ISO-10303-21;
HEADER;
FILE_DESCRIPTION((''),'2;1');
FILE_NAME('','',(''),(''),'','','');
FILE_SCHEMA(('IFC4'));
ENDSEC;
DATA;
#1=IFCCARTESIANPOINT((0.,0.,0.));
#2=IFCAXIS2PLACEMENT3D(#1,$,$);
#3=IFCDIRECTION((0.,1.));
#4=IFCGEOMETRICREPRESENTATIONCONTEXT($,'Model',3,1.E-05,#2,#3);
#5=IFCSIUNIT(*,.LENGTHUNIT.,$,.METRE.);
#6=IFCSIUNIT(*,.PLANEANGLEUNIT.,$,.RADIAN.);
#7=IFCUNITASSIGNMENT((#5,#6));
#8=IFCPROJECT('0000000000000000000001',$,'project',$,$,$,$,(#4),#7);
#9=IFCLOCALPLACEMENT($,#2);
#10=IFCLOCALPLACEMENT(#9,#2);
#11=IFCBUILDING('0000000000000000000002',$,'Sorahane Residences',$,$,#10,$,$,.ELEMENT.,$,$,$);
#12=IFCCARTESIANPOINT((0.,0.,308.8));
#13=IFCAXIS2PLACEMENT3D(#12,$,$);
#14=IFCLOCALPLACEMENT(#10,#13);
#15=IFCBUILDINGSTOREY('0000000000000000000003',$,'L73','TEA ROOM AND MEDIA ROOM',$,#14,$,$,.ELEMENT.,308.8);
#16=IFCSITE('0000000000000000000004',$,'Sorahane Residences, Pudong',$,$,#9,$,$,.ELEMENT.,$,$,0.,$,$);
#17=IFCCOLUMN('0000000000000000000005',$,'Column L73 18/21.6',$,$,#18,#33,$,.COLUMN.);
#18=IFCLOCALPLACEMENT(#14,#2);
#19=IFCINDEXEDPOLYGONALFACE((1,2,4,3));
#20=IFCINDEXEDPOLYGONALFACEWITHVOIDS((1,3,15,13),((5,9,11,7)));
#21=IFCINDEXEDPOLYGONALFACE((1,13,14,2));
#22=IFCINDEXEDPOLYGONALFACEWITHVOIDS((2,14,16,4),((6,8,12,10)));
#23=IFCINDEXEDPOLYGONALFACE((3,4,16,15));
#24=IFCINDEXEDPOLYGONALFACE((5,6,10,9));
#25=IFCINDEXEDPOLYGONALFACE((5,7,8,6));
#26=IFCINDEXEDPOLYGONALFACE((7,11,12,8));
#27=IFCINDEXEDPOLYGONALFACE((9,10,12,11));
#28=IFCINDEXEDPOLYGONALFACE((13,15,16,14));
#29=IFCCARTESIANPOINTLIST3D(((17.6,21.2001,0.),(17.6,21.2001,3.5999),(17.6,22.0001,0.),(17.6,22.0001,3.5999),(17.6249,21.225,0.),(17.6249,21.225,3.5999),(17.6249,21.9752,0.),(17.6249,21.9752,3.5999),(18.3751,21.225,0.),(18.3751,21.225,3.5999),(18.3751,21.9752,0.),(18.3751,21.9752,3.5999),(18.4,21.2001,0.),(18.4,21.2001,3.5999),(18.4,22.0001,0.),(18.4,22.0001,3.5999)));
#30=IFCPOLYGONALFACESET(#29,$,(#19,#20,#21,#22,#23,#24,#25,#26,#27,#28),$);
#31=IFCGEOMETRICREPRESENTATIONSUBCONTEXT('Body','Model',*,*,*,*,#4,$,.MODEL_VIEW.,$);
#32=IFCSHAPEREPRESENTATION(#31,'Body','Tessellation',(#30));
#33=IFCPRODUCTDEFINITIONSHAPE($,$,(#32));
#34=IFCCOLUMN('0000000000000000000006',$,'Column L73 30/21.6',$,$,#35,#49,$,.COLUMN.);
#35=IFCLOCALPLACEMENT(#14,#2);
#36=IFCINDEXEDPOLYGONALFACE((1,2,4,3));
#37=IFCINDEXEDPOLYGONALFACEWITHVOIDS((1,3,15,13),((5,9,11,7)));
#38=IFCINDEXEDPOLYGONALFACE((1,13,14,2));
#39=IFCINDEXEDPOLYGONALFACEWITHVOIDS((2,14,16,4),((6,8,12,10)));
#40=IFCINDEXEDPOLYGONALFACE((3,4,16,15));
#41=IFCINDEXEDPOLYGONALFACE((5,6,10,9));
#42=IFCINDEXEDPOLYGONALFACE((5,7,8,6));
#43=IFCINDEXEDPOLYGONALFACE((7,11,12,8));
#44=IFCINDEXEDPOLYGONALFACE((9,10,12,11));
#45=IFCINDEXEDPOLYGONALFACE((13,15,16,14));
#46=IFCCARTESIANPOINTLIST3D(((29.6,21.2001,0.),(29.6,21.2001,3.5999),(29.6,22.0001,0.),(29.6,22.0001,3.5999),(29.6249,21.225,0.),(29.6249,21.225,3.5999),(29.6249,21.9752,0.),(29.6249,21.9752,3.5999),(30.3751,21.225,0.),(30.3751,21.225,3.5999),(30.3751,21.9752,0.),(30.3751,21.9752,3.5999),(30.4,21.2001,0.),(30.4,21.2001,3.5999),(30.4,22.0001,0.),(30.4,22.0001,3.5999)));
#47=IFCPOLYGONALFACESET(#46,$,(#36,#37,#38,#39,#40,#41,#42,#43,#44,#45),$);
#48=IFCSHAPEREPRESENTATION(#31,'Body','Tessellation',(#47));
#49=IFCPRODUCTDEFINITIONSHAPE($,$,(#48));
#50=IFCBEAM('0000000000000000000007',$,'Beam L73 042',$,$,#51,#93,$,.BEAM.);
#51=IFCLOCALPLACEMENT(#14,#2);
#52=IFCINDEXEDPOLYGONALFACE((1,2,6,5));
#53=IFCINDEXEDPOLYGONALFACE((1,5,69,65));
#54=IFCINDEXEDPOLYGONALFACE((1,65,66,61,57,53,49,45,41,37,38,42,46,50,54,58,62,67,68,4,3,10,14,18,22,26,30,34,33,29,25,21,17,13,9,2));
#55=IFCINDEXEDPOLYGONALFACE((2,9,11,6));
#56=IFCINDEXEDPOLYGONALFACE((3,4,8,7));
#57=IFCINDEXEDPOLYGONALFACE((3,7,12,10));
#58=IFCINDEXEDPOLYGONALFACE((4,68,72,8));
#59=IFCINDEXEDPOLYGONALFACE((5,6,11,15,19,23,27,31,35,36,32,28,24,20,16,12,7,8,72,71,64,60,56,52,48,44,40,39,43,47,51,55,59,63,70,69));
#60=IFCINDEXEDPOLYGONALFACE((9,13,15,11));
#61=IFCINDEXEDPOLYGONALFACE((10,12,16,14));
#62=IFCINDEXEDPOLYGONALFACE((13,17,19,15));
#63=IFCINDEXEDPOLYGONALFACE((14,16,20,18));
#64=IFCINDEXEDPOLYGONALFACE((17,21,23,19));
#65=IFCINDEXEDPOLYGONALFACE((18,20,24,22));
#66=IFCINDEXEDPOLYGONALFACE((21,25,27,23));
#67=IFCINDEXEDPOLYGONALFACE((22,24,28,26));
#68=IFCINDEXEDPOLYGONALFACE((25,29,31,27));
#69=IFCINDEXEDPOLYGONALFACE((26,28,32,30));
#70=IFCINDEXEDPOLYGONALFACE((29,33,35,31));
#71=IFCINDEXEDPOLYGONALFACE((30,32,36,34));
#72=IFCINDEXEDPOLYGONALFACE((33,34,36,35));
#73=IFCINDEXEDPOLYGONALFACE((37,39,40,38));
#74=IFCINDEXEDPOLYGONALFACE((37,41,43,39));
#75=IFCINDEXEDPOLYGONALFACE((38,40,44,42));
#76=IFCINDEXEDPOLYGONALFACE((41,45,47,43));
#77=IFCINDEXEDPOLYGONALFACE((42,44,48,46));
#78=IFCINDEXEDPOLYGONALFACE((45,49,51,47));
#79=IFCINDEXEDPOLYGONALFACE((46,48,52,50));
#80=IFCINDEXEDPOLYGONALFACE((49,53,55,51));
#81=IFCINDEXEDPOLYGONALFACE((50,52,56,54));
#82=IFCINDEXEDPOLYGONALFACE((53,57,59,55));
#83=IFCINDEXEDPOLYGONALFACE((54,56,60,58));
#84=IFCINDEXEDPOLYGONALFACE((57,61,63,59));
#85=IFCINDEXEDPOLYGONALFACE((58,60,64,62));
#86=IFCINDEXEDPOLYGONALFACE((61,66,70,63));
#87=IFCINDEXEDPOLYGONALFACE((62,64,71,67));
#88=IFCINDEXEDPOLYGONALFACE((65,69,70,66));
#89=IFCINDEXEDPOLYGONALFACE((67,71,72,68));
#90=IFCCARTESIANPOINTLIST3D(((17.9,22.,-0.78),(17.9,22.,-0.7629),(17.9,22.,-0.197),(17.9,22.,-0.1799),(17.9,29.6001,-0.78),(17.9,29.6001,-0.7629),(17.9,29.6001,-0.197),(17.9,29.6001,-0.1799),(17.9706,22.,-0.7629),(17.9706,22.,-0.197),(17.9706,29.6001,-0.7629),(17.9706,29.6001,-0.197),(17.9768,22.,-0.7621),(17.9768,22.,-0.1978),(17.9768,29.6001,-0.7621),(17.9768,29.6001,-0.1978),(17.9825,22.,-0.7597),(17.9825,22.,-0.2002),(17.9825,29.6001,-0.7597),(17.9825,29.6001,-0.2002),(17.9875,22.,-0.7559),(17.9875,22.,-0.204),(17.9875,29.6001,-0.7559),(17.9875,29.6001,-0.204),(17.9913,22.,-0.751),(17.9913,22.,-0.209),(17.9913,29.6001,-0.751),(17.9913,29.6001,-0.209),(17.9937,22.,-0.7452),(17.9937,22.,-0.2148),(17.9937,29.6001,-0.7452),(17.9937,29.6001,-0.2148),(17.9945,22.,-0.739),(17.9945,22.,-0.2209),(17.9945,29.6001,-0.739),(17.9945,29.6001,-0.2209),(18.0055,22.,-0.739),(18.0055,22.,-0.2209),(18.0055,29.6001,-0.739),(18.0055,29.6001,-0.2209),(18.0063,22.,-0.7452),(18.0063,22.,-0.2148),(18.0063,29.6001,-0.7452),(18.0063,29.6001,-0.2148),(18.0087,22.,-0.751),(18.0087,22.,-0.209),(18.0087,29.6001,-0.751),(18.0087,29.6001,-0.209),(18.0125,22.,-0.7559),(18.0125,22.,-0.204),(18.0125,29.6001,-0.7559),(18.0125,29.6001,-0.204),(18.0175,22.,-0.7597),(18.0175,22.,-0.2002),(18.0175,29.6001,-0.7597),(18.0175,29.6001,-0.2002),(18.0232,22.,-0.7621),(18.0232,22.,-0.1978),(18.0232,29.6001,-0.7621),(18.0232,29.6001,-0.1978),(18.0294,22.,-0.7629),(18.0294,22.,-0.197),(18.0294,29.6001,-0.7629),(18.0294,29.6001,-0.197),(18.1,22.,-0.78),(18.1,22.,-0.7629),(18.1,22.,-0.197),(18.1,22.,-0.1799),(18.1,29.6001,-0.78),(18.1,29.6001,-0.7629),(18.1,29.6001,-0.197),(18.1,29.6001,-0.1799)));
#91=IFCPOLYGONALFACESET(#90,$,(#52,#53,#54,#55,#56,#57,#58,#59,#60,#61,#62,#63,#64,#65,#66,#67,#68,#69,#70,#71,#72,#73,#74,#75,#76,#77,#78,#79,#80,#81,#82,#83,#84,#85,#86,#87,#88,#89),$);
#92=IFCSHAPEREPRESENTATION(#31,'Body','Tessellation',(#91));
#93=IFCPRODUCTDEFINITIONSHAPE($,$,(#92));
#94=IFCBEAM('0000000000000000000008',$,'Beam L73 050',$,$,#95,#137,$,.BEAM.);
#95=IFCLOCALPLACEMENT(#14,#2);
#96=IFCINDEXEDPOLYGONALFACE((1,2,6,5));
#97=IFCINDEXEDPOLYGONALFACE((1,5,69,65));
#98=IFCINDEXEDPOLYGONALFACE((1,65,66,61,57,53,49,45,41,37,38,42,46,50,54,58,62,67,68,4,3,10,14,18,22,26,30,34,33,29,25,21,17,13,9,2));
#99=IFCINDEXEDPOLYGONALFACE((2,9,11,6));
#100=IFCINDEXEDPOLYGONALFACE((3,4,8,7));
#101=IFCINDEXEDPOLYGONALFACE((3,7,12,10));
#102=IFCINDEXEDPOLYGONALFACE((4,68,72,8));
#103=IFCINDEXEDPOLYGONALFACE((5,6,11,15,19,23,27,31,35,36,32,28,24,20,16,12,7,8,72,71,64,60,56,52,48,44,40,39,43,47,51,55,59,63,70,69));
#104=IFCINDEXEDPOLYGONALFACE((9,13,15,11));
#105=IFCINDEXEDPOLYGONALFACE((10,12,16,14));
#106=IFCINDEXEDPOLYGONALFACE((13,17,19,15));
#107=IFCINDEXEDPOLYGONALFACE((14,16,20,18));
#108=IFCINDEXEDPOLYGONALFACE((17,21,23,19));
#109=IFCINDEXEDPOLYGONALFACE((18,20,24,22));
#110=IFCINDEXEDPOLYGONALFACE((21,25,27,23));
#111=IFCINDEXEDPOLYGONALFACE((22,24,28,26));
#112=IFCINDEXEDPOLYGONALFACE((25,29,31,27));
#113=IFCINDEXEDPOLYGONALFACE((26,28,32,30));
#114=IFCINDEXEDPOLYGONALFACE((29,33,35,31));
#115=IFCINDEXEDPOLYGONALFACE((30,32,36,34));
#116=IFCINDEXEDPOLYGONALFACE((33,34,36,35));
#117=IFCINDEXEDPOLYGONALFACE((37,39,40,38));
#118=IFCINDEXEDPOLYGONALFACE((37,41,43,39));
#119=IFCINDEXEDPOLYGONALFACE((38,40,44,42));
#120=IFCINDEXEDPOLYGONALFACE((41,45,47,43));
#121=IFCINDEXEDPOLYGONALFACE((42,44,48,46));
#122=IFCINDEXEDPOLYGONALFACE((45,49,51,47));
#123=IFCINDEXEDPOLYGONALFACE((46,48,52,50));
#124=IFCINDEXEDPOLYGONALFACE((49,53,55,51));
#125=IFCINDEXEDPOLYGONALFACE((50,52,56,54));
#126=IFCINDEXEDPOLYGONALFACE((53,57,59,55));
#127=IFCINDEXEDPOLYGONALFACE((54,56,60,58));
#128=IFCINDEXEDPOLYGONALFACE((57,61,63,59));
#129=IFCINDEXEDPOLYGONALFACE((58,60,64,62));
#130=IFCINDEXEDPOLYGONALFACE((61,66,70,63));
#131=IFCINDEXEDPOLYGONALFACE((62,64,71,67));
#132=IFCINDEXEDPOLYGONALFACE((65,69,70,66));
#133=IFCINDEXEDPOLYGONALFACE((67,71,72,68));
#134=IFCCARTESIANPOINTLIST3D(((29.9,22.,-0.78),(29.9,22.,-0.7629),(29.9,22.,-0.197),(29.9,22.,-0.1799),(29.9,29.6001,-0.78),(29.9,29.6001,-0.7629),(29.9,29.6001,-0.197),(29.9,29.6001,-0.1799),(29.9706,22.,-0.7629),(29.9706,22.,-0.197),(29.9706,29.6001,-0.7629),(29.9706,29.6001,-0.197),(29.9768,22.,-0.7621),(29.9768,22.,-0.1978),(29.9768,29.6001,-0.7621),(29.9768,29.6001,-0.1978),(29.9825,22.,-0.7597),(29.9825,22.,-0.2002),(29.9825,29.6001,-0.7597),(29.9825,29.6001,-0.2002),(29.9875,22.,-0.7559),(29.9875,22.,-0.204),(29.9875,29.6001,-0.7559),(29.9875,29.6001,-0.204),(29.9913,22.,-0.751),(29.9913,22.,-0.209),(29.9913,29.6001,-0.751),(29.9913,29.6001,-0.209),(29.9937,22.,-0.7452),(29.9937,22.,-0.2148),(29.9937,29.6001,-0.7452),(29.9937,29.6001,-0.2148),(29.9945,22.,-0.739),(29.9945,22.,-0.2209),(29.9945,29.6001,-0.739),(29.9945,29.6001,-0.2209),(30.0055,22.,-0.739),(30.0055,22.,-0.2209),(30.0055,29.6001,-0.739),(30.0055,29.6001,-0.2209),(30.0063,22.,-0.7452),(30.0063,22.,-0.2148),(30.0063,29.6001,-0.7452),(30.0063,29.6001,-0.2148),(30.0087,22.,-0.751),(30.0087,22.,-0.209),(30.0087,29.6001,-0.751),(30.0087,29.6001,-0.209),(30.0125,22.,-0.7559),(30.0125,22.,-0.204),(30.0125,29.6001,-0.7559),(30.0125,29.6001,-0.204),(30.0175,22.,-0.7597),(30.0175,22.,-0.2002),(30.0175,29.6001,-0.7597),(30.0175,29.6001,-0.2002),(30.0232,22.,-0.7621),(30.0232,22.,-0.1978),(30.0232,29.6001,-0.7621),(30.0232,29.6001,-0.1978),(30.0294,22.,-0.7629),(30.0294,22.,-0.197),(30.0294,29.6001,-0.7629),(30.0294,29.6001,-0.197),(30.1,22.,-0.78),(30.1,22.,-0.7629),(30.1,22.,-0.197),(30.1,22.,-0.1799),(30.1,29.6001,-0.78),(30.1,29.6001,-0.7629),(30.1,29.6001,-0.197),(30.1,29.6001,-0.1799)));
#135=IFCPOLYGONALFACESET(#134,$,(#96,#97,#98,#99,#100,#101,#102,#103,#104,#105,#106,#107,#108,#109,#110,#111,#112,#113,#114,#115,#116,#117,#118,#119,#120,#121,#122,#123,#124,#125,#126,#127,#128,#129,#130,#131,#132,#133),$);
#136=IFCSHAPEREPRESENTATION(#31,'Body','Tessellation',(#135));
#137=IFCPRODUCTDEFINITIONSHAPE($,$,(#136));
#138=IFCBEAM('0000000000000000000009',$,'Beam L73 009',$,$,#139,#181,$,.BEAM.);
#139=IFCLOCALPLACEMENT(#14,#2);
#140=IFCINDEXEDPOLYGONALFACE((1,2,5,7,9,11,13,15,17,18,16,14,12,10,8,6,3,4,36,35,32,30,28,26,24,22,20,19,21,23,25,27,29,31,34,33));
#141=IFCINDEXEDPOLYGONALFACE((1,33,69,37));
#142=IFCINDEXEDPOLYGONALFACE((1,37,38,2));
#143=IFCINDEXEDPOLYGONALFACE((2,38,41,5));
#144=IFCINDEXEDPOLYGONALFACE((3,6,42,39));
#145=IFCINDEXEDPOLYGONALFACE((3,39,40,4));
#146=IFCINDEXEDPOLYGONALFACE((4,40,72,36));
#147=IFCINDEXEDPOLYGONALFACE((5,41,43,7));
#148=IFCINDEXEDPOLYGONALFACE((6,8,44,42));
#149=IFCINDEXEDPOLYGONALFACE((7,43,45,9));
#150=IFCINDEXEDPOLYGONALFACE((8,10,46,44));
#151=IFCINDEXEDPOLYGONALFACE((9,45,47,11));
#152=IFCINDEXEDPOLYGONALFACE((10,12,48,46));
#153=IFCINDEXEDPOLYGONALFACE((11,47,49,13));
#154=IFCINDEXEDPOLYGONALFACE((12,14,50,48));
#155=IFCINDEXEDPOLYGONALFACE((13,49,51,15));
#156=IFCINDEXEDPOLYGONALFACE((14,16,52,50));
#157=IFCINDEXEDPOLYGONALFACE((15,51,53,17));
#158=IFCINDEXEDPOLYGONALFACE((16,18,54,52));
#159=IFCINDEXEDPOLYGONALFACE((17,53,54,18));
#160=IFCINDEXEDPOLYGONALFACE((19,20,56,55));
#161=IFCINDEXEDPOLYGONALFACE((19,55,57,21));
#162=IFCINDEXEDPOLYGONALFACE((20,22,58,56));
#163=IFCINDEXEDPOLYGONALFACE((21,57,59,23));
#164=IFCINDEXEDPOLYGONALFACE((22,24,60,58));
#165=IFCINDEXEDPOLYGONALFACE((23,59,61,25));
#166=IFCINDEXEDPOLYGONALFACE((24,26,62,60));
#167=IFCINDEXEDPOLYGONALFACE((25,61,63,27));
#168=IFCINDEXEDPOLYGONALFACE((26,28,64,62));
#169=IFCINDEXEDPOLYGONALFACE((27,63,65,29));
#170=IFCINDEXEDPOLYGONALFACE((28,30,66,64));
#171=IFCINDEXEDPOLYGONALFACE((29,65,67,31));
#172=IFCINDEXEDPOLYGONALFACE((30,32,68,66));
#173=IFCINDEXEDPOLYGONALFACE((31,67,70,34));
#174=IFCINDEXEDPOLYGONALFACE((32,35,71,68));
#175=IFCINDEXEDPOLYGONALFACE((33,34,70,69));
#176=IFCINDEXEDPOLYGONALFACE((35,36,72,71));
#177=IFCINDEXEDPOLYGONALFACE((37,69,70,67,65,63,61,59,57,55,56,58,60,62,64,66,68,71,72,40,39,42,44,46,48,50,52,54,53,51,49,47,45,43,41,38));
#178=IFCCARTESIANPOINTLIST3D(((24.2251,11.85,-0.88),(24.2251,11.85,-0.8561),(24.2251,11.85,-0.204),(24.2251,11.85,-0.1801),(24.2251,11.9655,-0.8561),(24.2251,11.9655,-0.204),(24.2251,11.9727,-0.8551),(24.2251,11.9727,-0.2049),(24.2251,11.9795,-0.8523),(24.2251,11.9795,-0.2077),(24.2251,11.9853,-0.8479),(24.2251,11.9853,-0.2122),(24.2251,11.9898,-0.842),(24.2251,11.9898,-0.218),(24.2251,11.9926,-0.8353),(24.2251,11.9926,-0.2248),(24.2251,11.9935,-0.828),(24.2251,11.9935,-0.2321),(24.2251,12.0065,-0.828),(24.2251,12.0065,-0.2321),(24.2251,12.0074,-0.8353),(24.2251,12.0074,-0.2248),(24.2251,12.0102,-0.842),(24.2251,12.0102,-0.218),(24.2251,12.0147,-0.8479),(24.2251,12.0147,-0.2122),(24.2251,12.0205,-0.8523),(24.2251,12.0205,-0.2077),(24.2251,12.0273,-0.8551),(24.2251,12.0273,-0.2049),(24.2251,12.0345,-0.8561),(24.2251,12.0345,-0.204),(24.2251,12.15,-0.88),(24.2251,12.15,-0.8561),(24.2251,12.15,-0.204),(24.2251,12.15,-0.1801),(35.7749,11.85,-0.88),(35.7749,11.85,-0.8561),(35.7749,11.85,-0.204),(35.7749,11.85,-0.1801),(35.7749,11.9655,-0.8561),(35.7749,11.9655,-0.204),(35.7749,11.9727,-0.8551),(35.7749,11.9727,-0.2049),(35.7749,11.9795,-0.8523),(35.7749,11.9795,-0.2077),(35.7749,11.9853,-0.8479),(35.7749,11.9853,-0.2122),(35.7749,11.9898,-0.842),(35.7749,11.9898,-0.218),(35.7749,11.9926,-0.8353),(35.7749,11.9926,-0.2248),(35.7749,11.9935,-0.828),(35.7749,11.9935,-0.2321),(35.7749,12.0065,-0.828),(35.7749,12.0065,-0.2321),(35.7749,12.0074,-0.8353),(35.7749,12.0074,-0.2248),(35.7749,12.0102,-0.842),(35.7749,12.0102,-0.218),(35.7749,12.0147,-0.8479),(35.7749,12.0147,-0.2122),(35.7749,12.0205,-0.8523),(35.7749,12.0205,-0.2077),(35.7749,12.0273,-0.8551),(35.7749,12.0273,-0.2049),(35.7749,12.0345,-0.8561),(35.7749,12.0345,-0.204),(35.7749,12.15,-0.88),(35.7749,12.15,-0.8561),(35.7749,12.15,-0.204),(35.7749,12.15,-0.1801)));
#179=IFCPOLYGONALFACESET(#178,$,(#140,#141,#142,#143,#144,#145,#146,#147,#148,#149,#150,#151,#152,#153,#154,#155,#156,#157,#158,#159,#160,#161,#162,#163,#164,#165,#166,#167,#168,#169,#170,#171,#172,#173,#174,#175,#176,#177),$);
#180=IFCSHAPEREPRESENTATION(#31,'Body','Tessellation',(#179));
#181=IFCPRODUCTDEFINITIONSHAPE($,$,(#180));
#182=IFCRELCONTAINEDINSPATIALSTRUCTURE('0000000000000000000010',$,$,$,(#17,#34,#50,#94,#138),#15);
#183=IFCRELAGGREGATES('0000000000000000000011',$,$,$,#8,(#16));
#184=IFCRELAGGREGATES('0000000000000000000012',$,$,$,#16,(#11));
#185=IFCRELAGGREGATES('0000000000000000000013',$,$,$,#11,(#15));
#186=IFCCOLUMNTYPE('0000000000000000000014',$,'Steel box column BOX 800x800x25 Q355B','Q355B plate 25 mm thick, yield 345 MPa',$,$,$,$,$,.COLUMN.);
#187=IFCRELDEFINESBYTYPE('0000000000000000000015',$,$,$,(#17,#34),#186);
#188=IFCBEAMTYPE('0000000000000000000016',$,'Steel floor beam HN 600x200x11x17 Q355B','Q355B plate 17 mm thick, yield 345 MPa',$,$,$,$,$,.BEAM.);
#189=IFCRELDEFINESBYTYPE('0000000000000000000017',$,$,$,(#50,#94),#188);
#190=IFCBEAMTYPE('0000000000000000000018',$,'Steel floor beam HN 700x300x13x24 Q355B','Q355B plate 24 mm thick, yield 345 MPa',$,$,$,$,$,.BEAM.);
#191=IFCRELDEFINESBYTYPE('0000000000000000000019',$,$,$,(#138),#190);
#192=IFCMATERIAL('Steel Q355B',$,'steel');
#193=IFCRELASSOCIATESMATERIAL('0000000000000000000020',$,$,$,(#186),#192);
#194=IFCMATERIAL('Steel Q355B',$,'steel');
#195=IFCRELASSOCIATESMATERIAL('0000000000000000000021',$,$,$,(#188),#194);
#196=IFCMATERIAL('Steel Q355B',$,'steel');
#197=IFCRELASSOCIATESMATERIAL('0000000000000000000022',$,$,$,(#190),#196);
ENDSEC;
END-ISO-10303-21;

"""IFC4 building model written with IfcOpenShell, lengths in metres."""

from ifc_helpers import new_model, si_unit, direction, frame, origin, origin_2d, place, context, subcontext, project, spatial, hollow_rectangle, i_section, extrude, material, material_profile, profile_set, type_object, element, save


model = new_model("IFC4")

# Units and contexts
model_context = context("Model", 3, precision=1e-05, world=origin(), true_north=direction((0.0, 1.0)))
body_context = subcontext(model_context, "Body", "Model", "MODEL_VIEW")
ifc_project = project(units=[si_unit("LENGTHUNIT", "METRE"), si_unit("PLANEANGLEUNIT", "RADIAN")], contexts=[model_context])

# Site, building, storey
site_placement = place(None, origin())
site = spatial("IfcSite", under=ifc_project, at=site_placement, Name="Sorahane Residences, Pudong", CompositionType="ELEMENT", RefElevation=0.0)
building_placement = place(site_placement, origin())
building = spatial("IfcBuilding", under=site, at=building_placement, Name="Sorahane Residences", CompositionType="ELEMENT")
storey_placement = place(building_placement, frame((0.0, 0.0, 308.8)))
storey = spatial("IfcBuildingStorey", under=building, at=storey_placement, Name="L73", Description="TEA ROOM AND MEDIA ROOM", CompositionType="ELEMENT", Elevation=308.8)

# Columns
ifc_material_1 = material(Name="Steel Q355B", Category="steel")
ifc_material_profile_1 = material_profile(ifc_material_1, hollow_rectangle(XDim=0.8, YDim=0.8, WallThickness=0.0249, at=origin_2d()), Name="BOX 800x800x25")
ifc_profile_set_1 = profile_set([ifc_material_profile_1], Name="Steel Q355B")
column_type = type_object("IfcColumnType", Name="Steel box column BOX 800x800x25 Q355B", Description="Q355B plate 25 mm thick, yield 345 MPa", PredefinedType="COLUMN", material=ifc_profile_set_1)
for number, where, z_axis, x_axis, name in (
    (1, (18.0, 21.6001, 0.0), (0.0, 0.0, 1.0), (1.0, 0.0, 0.0), "Column L73 18/21.6"),
    (2, (30.0, 21.6001, 0.0), (0.0, 0.0, 1.0), (1.0, 0.0, 0.0), "Column L73 30/21.6"),
):
    element("IfcColumn", number, at=place(storey_placement, frame(where, z_axis=z_axis, x_axis=x_axis)), inside=storey, type_object=column_type, Name=name, PredefinedType="COLUMN", context=body_context, shape_type="SweptSolid", body=[
        extrude(hollow_rectangle(XDim=0.8, YDim=0.8, WallThickness=0.0249, at=origin_2d()), origin(), (0.0, 0.0, 1.0), 3.5999),
    ])

# Beams
ifc_material_2 = material(Name="Steel Q355B", Category="steel")
ifc_material_profile_2 = material_profile(ifc_material_2, i_section(OverallWidth=0.2, OverallDepth=0.6001, WebThickness=0.011, FlangeThickness=0.0171, FilletRadius=0.0239, at=origin_2d()), Name="HN 600x200x11x17")
ifc_profile_set_2 = profile_set([ifc_material_profile_2], Name="Steel Q355B")
beam_type_1 = type_object("IfcBeamType", Name="Steel floor beam HN 600x200x11x17 Q355B", Description="Q355B plate 17 mm thick, yield 345 MPa", PredefinedType="BEAM", material=ifc_profile_set_2)
for number, where, z_axis, x_axis, name in (
    (3, (18.0, 22.0, -0.48), (0.0, 1.0, 0.0), (-1.0, 0.0, 0.0), "Beam L73 042"),
    (4, (30.0, 22.0, -0.48), (0.0, 1.0, 0.0), (-1.0, 0.0, 0.0), "Beam L73 050"),
):
    element("IfcBeam", number, at=place(storey_placement, frame(where, z_axis=z_axis, x_axis=x_axis)), inside=storey, type_object=beam_type_1, Name=name, PredefinedType="BEAM", context=body_context, shape_type="SweptSolid", body=[
        extrude(i_section(OverallWidth=0.2, OverallDepth=0.6001, WebThickness=0.011, FlangeThickness=0.0171, FilletRadius=0.0239, at=origin_2d()), origin(), (0.0, 0.0, 1.0), 7.6001),
    ])
ifc_material_3 = material(Name="Steel Q355B", Category="steel")
ifc_material_profile_3 = material_profile(ifc_material_3, i_section(OverallWidth=0.3, OverallDepth=0.7, WebThickness=0.0129, FlangeThickness=0.0239, FilletRadius=0.0281, at=origin_2d()), Name="HN 700x300x13x24")
ifc_profile_set_3 = profile_set([ifc_material_profile_3], Name="Steel Q355B")
beam_type_2 = type_object("IfcBeamType", Name="Steel floor beam HN 700x300x13x24 Q355B", Description="Q355B plate 24 mm thick, yield 345 MPa", PredefinedType="BEAM", material=ifc_profile_set_3)
beam_placement = place(storey_placement, frame((24.2251, 12.0, -0.53), z_axis=(1.0, 0.0, 0.0), x_axis=(0.0, 1.0, 0.0)))
element("IfcBeam", 5, at=beam_placement, inside=storey, type_object=beam_type_2, Name="Beam L73 009", PredefinedType="BEAM", context=body_context, shape_type="SweptSolid", body=[
    extrude(i_section(OverallWidth=0.3, OverallDepth=0.7, WebThickness=0.0129, FlangeThickness=0.0239, FilletRadius=0.0281, at=origin_2d()), origin(), (0.0, 0.0, 1.0), 11.5498),
])

save(model, "model.ifc")
